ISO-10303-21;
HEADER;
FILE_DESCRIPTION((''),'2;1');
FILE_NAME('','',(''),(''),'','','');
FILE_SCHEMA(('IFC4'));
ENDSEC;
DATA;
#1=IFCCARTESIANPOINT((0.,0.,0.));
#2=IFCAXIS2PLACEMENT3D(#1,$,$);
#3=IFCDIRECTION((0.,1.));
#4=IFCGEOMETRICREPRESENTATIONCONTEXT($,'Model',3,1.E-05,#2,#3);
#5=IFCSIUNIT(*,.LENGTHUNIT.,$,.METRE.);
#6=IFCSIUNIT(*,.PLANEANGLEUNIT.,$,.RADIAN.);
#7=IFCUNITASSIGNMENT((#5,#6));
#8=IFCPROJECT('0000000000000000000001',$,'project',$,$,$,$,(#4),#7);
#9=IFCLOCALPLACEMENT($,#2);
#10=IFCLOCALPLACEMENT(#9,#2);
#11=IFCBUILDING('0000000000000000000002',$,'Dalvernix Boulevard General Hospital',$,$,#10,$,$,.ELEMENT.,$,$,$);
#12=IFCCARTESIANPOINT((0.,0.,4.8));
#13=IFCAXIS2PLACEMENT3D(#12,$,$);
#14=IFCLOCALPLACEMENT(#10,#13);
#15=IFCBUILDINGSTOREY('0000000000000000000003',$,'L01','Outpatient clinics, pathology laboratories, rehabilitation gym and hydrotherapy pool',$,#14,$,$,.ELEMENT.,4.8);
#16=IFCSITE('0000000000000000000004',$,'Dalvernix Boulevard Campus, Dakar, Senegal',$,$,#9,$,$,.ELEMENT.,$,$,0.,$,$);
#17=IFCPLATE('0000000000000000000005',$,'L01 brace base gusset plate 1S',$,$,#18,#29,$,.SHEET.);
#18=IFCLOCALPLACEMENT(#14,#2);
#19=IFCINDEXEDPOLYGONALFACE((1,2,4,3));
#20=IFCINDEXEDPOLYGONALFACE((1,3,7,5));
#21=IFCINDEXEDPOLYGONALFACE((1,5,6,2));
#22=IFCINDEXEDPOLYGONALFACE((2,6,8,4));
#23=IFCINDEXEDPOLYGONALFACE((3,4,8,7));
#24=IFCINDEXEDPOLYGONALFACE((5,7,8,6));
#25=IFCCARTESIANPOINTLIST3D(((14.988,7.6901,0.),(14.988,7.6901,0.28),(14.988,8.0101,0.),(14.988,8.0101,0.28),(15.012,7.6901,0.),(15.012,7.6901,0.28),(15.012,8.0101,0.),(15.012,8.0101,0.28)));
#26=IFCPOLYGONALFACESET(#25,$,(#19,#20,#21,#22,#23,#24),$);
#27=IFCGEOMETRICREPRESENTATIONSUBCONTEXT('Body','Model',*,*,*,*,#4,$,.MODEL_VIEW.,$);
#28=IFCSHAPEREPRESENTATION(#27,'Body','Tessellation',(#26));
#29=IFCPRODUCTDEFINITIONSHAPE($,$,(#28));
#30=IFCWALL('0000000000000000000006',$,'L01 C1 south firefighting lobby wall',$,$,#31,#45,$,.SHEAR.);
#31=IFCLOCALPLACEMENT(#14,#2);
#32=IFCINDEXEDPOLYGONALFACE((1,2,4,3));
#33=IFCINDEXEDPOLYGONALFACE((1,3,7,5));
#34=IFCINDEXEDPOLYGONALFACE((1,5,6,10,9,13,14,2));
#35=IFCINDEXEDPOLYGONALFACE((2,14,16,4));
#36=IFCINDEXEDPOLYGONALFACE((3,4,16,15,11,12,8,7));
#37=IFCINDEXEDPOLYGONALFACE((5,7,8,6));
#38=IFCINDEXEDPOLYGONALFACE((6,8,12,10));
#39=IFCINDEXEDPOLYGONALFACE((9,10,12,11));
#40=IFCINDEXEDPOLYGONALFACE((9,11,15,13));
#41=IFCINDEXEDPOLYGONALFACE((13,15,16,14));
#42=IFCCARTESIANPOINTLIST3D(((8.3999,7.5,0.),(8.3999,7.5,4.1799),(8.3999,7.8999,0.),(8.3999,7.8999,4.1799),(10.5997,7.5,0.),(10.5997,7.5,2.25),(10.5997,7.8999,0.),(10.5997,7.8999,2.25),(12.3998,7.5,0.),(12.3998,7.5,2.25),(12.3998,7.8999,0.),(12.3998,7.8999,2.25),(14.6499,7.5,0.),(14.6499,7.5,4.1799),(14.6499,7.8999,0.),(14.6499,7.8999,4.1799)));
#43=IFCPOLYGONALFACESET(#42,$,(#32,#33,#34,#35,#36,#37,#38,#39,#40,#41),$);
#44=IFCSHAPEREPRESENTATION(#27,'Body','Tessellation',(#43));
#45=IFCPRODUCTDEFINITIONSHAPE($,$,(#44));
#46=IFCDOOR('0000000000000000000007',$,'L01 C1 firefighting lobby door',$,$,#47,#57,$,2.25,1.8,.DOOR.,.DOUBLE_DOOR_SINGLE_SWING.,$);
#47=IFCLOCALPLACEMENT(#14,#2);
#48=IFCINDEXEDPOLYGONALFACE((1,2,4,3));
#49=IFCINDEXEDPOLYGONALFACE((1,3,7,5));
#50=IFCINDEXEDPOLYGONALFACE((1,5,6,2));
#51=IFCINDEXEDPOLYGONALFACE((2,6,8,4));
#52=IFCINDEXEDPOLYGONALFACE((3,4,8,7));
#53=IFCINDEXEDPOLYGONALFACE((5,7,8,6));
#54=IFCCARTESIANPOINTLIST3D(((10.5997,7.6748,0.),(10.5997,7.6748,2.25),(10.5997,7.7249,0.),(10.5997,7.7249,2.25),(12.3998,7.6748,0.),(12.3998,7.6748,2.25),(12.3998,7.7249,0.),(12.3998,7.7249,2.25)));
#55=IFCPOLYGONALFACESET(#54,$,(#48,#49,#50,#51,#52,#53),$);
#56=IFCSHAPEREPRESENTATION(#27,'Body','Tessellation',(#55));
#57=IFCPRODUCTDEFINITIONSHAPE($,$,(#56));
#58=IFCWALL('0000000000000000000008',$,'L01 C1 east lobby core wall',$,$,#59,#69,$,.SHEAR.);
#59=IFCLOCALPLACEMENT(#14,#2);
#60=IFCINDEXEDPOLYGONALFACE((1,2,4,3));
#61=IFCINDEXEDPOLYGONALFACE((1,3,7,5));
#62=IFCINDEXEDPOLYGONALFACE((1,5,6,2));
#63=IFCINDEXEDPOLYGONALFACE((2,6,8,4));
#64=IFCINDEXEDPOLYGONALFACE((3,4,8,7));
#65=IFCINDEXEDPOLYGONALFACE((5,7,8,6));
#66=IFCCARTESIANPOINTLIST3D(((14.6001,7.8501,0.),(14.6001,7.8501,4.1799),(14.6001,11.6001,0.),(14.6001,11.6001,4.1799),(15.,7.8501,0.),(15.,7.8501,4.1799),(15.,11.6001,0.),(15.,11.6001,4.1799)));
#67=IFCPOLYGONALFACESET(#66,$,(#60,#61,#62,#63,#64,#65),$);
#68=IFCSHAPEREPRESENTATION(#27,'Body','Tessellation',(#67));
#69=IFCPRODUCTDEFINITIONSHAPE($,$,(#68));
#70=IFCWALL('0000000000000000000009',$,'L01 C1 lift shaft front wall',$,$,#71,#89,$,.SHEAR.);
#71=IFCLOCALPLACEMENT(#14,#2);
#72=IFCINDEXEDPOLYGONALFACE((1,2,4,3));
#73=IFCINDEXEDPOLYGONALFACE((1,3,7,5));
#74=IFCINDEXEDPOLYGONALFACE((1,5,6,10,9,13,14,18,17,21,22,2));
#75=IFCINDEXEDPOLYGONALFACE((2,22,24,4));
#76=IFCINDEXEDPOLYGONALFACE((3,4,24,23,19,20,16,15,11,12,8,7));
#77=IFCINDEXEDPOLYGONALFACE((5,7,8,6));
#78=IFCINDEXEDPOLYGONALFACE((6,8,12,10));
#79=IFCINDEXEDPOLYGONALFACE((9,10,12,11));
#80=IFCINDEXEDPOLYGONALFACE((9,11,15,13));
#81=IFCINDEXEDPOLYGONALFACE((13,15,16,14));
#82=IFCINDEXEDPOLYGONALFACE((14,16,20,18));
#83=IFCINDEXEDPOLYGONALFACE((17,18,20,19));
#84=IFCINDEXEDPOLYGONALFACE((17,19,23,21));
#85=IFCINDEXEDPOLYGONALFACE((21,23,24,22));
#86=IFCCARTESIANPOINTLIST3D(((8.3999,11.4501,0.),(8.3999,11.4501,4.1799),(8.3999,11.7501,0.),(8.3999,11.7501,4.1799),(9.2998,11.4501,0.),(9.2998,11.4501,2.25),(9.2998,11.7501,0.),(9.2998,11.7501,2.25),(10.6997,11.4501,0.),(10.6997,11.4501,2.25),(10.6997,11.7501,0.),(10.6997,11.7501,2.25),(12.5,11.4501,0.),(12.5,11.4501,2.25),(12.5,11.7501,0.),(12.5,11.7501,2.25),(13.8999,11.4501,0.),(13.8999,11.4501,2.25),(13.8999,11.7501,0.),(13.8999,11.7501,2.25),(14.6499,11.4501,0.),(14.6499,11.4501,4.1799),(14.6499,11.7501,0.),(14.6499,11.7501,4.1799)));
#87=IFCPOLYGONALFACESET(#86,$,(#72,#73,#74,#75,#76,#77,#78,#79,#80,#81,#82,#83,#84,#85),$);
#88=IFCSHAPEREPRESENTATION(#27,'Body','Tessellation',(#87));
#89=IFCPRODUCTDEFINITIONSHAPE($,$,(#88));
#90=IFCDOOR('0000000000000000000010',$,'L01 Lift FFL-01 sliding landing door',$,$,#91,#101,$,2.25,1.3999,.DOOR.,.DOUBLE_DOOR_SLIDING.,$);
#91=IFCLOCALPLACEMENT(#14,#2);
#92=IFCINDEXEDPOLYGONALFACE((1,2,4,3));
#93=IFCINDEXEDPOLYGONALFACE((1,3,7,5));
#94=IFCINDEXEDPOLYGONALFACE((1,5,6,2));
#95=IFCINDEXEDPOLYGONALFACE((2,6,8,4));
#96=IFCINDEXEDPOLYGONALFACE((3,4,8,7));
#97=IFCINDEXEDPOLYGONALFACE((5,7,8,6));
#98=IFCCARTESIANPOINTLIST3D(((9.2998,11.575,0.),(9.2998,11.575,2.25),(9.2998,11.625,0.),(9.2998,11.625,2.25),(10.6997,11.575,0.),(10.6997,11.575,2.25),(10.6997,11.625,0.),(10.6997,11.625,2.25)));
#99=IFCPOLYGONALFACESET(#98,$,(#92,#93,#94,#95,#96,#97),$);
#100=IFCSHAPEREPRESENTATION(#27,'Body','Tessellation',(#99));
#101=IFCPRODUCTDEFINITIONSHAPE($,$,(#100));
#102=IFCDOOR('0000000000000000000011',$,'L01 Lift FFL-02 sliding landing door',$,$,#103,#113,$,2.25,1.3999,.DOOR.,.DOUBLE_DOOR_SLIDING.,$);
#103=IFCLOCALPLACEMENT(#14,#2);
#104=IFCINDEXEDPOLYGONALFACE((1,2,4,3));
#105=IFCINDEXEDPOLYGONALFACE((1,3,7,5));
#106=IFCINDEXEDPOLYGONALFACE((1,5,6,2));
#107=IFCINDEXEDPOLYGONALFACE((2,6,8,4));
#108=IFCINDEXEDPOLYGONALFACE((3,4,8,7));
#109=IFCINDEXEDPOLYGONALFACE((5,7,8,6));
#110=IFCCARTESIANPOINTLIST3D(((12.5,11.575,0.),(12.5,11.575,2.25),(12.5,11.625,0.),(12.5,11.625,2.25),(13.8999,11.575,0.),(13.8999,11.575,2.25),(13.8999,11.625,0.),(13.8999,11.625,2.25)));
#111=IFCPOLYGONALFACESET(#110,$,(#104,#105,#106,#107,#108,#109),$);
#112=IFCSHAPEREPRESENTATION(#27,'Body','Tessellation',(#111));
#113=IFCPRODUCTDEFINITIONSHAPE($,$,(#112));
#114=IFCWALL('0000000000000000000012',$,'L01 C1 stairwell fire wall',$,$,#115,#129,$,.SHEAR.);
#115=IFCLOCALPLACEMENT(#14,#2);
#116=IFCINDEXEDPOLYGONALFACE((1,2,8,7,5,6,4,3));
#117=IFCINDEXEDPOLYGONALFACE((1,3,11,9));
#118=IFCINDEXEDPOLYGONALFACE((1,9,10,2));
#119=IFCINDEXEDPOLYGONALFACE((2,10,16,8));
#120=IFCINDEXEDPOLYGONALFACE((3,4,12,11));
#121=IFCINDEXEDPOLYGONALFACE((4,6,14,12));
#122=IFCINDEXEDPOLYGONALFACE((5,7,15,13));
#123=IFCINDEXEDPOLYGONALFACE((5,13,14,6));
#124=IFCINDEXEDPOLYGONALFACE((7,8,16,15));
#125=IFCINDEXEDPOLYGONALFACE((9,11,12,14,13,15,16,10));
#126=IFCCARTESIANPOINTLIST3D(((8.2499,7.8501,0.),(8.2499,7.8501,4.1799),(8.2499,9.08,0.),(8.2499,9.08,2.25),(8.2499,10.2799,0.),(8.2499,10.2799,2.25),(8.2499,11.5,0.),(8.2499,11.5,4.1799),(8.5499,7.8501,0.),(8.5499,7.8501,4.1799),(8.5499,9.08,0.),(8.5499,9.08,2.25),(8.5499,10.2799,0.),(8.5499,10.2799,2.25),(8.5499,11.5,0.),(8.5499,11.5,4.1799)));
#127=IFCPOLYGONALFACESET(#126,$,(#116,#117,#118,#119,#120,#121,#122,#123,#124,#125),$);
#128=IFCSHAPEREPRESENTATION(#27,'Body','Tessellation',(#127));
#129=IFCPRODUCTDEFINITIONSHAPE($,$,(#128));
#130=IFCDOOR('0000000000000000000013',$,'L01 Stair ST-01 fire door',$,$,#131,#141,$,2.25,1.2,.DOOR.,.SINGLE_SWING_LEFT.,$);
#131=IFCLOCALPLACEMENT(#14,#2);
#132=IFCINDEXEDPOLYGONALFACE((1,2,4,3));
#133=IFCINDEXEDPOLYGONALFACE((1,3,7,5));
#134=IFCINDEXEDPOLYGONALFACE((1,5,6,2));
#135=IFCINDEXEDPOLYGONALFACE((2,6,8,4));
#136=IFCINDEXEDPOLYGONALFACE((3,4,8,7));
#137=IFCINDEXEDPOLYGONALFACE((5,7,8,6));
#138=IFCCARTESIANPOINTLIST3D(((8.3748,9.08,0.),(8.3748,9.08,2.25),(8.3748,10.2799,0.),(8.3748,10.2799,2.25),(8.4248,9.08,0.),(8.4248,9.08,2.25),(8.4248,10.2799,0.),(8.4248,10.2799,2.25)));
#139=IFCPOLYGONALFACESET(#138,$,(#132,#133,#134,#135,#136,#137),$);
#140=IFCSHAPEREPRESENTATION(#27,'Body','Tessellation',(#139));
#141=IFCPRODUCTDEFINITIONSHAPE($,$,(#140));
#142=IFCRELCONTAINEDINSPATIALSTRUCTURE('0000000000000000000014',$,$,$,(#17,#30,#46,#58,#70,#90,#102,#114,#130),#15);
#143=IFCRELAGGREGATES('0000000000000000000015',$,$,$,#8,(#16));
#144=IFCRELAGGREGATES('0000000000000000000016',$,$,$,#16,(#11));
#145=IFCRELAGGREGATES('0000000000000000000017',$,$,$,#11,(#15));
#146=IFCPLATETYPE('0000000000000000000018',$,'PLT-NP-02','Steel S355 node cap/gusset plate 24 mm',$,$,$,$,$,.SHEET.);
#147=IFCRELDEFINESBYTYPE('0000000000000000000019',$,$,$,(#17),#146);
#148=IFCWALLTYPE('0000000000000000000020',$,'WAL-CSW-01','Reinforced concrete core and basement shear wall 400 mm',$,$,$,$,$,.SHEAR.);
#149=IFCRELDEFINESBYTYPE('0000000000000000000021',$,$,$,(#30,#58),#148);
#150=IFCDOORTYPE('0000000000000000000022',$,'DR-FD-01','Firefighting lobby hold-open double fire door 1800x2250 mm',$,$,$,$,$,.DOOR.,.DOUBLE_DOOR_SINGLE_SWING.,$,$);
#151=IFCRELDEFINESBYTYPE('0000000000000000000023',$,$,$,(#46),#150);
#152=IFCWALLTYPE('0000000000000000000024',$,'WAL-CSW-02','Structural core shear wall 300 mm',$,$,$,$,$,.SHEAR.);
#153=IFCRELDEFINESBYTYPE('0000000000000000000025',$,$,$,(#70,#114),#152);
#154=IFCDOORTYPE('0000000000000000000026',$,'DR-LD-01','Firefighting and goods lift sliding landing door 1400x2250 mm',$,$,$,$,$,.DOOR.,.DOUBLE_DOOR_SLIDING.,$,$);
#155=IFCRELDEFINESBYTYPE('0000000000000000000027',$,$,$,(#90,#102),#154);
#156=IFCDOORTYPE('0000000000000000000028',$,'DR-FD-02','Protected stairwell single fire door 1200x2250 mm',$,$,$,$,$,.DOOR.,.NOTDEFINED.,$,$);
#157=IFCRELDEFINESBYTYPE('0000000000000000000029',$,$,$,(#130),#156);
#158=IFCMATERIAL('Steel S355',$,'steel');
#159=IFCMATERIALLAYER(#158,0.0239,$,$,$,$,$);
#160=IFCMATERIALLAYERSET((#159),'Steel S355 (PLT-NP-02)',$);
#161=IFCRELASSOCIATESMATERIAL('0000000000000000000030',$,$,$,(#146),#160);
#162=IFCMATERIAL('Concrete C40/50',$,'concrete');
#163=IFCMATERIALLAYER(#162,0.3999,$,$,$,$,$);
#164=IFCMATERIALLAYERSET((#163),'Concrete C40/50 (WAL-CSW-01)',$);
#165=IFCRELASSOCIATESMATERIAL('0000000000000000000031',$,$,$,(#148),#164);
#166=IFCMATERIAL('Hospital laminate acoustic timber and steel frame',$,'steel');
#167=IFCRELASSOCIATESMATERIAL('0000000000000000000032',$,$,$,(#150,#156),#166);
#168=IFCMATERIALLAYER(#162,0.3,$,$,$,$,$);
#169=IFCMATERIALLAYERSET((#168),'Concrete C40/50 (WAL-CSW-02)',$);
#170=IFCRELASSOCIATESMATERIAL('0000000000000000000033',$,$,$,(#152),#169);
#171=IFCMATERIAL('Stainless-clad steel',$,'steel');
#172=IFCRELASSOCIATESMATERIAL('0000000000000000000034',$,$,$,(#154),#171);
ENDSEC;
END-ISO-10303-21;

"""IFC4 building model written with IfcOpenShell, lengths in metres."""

from ifc_helpers import new_model, si_unit, direction, frame, frame_2d, origin, origin_2d, place, context, subcontext, project, spatial, rectangle, extrude, material, layer, layer_set, type_object, element, fill, save


model = new_model("IFC4")

# Units and contexts
model_context = context("Model", 3, precision=1e-05, world=origin(), true_north=direction((0.0, 1.0)))
body_context = subcontext(model_context, "Body", "Model", "MODEL_VIEW")
ifc_project = project(units=[si_unit("LENGTHUNIT", "METRE"), si_unit("PLANEANGLEUNIT", "RADIAN")], contexts=[model_context])

# Site, building, storey
site_placement = place(None, origin())
site = spatial("IfcSite", under=ifc_project, at=site_placement, Name="Dalvernix Boulevard Campus, Dakar, Senegal", CompositionType="ELEMENT", RefElevation=0.0)
building_placement = place(site_placement, origin())
building = spatial("IfcBuilding", under=site, at=building_placement, Name="Dalvernix Boulevard General Hospital", CompositionType="ELEMENT")
storey_placement = place(building_placement, frame((0.0, 0.0, 4.8)))
storey = spatial("IfcBuildingStorey", under=building, at=storey_placement, Name="L01", Description="Outpatient clinics, pathology laboratories, rehabilitation gym and hydrotherapy pool", CompositionType="ELEMENT", Elevation=4.8)

# Shared definitions
ifc_material_1 = material(Name="Concrete C40/50", Category="concrete")

# Shared definitions
ifc_material_2 = material(Name="Steel S355", Category="steel")

# Plate
ifc_layer_1 = layer(ifc_material_2, 0.0239)
ifc_layer_set_1 = layer_set([ifc_layer_1], Name="Steel S355 (PLT-NP-02)")
plate_type = type_object("IfcPlateType", Name="PLT-NP-02", Description="Steel S355 node cap/gusset plate 24 mm", PredefinedType="SHEET", material=ifc_layer_set_1)
plate_1_placement = place(storey_placement, frame((15.0, 7.8501, 0.0), z_axis=(0.0, 0.0, 1.0), x_axis=(0.0, 1.0, 0.0)))
element("IfcPlate", 1, at=plate_1_placement, inside=storey, type_object=plate_type, Name="L01 brace base gusset plate 1S", PredefinedType="SHEET", context=body_context, shape_type="SweptSolid", body=[
    extrude(rectangle(XDim=0.3201, YDim=0.0239, at=origin_2d()), origin(), (0.0, 0.0, 1.0), 0.28),
])

# Wall, opening, door
ifc_layer_2 = layer(ifc_material_1, 0.3999)
ifc_layer_set_2 = layer_set([ifc_layer_2], Name="Concrete C40/50 (WAL-CSW-01)")
wall_type_1 = type_object("IfcWallType", Name="WAL-CSW-01", Description="Reinforced concrete core and basement shear wall 400 mm", PredefinedType="SHEAR", material=ifc_layer_set_2)
wall_1_placement = place(storey_placement, frame((8.3999, 7.7, 0.0), z_axis=(0.0, 0.0, 1.0), x_axis=(1.0, 0.0, 0.0)))
wall_1 = element("IfcWall", 2, at=wall_1_placement, inside=storey, type_object=wall_type_1, Name="L01 C1 south firefighting lobby wall", PredefinedType="SHEAR", context=body_context, shape_type="SweptSolid", body=[
    extrude(rectangle(XDim=6.25, YDim=0.3999, at=frame_2d((3.125, 0.0))), origin(), (0.0, 0.0, 1.0), 4.1799),
])
opening_1_placement = place(wall_1_placement, frame((2.2, 0.0, 0.0)))
opening_1 = element("IfcOpeningElement", 3, at=opening_1_placement, cuts=wall_1, PredefinedType="OPENING", context=body_context, shape_type="SweptSolid", body=[
    extrude(rectangle(XDim=1.8, YDim=2.25, at=frame_2d((0.8999, 1.125))), frame((0.0, 0.21, 0.0), z_axis=(0.0, -1.0, 0.0), x_axis=(1.0, 0.0, 0.0)), (0.0, 0.0, 1.0), 0.4199),
])
ifc_material_3 = material(Name="Hospital laminate acoustic timber and steel frame", Category="steel")
door_type_1 = type_object("IfcDoorType", Name="DR-FD-01", Description="Firefighting lobby hold-open double fire door 1800x2250 mm", OperationType="DOUBLE_DOOR_SINGLE_SWING", PredefinedType="DOOR", material=ifc_material_3)
door_1_placement = place(opening_1_placement, origin())
door_1 = element("IfcDoor", 4, at=door_1_placement, inside=storey, type_object=door_type_1, Name="L01 C1 firefighting lobby door", OperationType="DOUBLE_DOOR_SINGLE_SWING", OverallHeight=2.25, OverallWidth=1.8, PredefinedType="DOOR", context=body_context, shape_type="SweptSolid", body=[
    extrude(rectangle(XDim=1.8, YDim=2.25, at=frame_2d((0.8999, 1.125))), frame((0.0, 0.0249, 0.0), z_axis=(0.0, -1.0, 0.0), x_axis=(1.0, 0.0, 0.0)), (0.0, 0.0, 1.0), 0.05),
])
fill(opening_1, door_1)

# Wall
wall_2_placement = place(storey_placement, frame((14.8, 7.8501, 0.0), z_axis=(0.0, 0.0, 1.0), x_axis=(0.0, 1.0, 0.0)))
element("IfcWall", 5, at=wall_2_placement, inside=storey, type_object=wall_type_1, Name="L01 C1 east lobby core wall", PredefinedType="SHEAR", context=body_context, shape_type="SweptSolid", body=[
    extrude(rectangle(XDim=3.75, YDim=0.3999, at=frame_2d((1.875, 0.0))), origin(), (0.0, 0.0, 1.0), 4.1799),
])

# Wall, openings, doors
ifc_layer_3 = layer(ifc_material_1, 0.3)
ifc_layer_set_3 = layer_set([ifc_layer_3], Name="Concrete C40/50 (WAL-CSW-02)")
wall_type_2 = type_object("IfcWallType", Name="WAL-CSW-02", Description="Structural core shear wall 300 mm", PredefinedType="SHEAR", material=ifc_layer_set_3)
wall_3_placement = place(storey_placement, frame((8.3999, 11.6001, 0.0), z_axis=(0.0, 0.0, 1.0), x_axis=(1.0, 0.0, 0.0)))
wall_3 = element("IfcWall", 6, at=wall_3_placement, inside=storey, type_object=wall_type_2, Name="L01 C1 lift shaft front wall", PredefinedType="SHEAR", context=body_context, shape_type="SweptSolid", body=[
    extrude(rectangle(XDim=6.25, YDim=0.3, at=frame_2d((3.125, 0.0))), origin(), (0.0, 0.0, 1.0), 4.1799),
])
opening_2_placement = place(wall_3_placement, frame((0.8999, 0.0, 0.0)))
opening_2 = element("IfcOpeningElement", 7, at=opening_2_placement, cuts=wall_3, PredefinedType="OPENING", context=body_context, shape_type="SweptSolid", body=[
    extrude(rectangle(XDim=1.3999, YDim=2.25, at=frame_2d((0.7, 1.125))), frame((0.0, 0.1599, 0.0), z_axis=(0.0, -1.0, 0.0), x_axis=(1.0, 0.0, 0.0)), (0.0, 0.0, 1.0), 0.3201),
])
opening_3_placement = place(wall_3_placement, frame((4.1001, 0.0, 0.0)))
opening_3 = element("IfcOpeningElement", 8, at=opening_3_placement, cuts=wall_3, PredefinedType="OPENING", context=body_context, shape_type="SweptSolid", body=[
    extrude(rectangle(XDim=1.3999, YDim=2.25, at=frame_2d((0.7, 1.125))), frame((0.0, 0.1599, 0.0), z_axis=(0.0, -1.0, 0.0), x_axis=(1.0, 0.0, 0.0)), (0.0, 0.0, 1.0), 0.3201),
])
ifc_material_4 = material(Name="Stainless-clad steel", Category="steel")
door_type_2 = type_object("IfcDoorType", Name="DR-LD-01", Description="Firefighting and goods lift sliding landing door 1400x2250 mm", OperationType="DOUBLE_DOOR_SLIDING", PredefinedType="DOOR", material=ifc_material_4)
door_2_placement = place(opening_2_placement, origin())
door_2 = element("IfcDoor", 9, at=door_2_placement, inside=storey, type_object=door_type_2, Name="L01 Lift FFL-01 sliding landing door", OperationType="DOUBLE_DOOR_SLIDING", OverallHeight=2.25, OverallWidth=1.3999, PredefinedType="DOOR", context=body_context, shape_type="SweptSolid", body=[
    extrude(rectangle(XDim=1.3999, YDim=2.25, at=frame_2d((0.7, 1.125))), frame((0.0, 0.0249, 0.0), z_axis=(0.0, -1.0, 0.0), x_axis=(1.0, 0.0, 0.0)), (0.0, 0.0, 1.0), 0.05),
])
fill(opening_2, door_2)
door_3_placement = place(opening_3_placement, origin())
door_3 = element("IfcDoor", 10, at=door_3_placement, inside=storey, type_object=door_type_2, Name="L01 Lift FFL-02 sliding landing door", OperationType="DOUBLE_DOOR_SLIDING", OverallHeight=2.25, OverallWidth=1.3999, PredefinedType="DOOR", context=body_context, shape_type="SweptSolid", body=[
    extrude(rectangle(XDim=1.3999, YDim=2.25, at=frame_2d((0.7, 1.125))), frame((0.0, 0.0249, 0.0), z_axis=(0.0, -1.0, 0.0), x_axis=(1.0, 0.0, 0.0)), (0.0, 0.0, 1.0), 0.05),
])
fill(opening_3, door_3)

# Wall, opening, door
wall_4_placement = place(storey_placement, frame((8.3999, 11.5, 0.0), z_axis=(0.0, 0.0, 1.0), x_axis=(0.0, -1.0, 0.0)))
wall_4 = element("IfcWall", 11, at=wall_4_placement, inside=storey, type_object=wall_type_2, Name="L01 C1 stairwell fire wall", PredefinedType="SHEAR", context=body_context, shape_type="SweptSolid", body=[
    extrude(rectangle(XDim=3.6499, YDim=0.3, at=frame_2d((1.825, 0.0))), origin(), (0.0, 0.0, 1.0), 4.1799),
])
opening_4_placement = place(wall_4_placement, frame((1.22, 0.0, 0.0)))
opening_4 = element("IfcOpeningElement", 12, at=opening_4_placement, cuts=wall_4, PredefinedType="OPENING", context=body_context, shape_type="SweptSolid", body=[
    extrude(rectangle(XDim=1.2, YDim=2.25, at=frame_2d((0.6001, 1.125))), frame((0.0, 0.1599, 0.0), z_axis=(0.0, -1.0, 0.0), x_axis=(1.0, 0.0, 0.0)), (0.0, 0.0, 1.0), 0.3201),
])
door_type_3 = type_object("IfcDoorType", Name="DR-FD-02", Description="Protected stairwell single fire door 1200x2250 mm", OperationType="NOTDEFINED", PredefinedType="DOOR", material=ifc_material_3)
door_4_placement = place(opening_4_placement, origin())
door_4 = element("IfcDoor", 13, at=door_4_placement, inside=storey, type_object=door_type_3, Name="L01 Stair ST-01 fire door", OperationType="SINGLE_SWING_LEFT", OverallHeight=2.25, OverallWidth=1.2, PredefinedType="DOOR", context=body_context, shape_type="SweptSolid", body=[
    extrude(rectangle(XDim=1.2, YDim=2.25, at=frame_2d((0.6001, 1.125))), frame((0.0, 0.0249, 0.0), z_axis=(0.0, -1.0, 0.0), x_axis=(1.0, 0.0, 0.0)), (0.0, 0.0, 1.0), 0.05),
])
fill(opening_4, door_4)

save(model, "model.ifc")
